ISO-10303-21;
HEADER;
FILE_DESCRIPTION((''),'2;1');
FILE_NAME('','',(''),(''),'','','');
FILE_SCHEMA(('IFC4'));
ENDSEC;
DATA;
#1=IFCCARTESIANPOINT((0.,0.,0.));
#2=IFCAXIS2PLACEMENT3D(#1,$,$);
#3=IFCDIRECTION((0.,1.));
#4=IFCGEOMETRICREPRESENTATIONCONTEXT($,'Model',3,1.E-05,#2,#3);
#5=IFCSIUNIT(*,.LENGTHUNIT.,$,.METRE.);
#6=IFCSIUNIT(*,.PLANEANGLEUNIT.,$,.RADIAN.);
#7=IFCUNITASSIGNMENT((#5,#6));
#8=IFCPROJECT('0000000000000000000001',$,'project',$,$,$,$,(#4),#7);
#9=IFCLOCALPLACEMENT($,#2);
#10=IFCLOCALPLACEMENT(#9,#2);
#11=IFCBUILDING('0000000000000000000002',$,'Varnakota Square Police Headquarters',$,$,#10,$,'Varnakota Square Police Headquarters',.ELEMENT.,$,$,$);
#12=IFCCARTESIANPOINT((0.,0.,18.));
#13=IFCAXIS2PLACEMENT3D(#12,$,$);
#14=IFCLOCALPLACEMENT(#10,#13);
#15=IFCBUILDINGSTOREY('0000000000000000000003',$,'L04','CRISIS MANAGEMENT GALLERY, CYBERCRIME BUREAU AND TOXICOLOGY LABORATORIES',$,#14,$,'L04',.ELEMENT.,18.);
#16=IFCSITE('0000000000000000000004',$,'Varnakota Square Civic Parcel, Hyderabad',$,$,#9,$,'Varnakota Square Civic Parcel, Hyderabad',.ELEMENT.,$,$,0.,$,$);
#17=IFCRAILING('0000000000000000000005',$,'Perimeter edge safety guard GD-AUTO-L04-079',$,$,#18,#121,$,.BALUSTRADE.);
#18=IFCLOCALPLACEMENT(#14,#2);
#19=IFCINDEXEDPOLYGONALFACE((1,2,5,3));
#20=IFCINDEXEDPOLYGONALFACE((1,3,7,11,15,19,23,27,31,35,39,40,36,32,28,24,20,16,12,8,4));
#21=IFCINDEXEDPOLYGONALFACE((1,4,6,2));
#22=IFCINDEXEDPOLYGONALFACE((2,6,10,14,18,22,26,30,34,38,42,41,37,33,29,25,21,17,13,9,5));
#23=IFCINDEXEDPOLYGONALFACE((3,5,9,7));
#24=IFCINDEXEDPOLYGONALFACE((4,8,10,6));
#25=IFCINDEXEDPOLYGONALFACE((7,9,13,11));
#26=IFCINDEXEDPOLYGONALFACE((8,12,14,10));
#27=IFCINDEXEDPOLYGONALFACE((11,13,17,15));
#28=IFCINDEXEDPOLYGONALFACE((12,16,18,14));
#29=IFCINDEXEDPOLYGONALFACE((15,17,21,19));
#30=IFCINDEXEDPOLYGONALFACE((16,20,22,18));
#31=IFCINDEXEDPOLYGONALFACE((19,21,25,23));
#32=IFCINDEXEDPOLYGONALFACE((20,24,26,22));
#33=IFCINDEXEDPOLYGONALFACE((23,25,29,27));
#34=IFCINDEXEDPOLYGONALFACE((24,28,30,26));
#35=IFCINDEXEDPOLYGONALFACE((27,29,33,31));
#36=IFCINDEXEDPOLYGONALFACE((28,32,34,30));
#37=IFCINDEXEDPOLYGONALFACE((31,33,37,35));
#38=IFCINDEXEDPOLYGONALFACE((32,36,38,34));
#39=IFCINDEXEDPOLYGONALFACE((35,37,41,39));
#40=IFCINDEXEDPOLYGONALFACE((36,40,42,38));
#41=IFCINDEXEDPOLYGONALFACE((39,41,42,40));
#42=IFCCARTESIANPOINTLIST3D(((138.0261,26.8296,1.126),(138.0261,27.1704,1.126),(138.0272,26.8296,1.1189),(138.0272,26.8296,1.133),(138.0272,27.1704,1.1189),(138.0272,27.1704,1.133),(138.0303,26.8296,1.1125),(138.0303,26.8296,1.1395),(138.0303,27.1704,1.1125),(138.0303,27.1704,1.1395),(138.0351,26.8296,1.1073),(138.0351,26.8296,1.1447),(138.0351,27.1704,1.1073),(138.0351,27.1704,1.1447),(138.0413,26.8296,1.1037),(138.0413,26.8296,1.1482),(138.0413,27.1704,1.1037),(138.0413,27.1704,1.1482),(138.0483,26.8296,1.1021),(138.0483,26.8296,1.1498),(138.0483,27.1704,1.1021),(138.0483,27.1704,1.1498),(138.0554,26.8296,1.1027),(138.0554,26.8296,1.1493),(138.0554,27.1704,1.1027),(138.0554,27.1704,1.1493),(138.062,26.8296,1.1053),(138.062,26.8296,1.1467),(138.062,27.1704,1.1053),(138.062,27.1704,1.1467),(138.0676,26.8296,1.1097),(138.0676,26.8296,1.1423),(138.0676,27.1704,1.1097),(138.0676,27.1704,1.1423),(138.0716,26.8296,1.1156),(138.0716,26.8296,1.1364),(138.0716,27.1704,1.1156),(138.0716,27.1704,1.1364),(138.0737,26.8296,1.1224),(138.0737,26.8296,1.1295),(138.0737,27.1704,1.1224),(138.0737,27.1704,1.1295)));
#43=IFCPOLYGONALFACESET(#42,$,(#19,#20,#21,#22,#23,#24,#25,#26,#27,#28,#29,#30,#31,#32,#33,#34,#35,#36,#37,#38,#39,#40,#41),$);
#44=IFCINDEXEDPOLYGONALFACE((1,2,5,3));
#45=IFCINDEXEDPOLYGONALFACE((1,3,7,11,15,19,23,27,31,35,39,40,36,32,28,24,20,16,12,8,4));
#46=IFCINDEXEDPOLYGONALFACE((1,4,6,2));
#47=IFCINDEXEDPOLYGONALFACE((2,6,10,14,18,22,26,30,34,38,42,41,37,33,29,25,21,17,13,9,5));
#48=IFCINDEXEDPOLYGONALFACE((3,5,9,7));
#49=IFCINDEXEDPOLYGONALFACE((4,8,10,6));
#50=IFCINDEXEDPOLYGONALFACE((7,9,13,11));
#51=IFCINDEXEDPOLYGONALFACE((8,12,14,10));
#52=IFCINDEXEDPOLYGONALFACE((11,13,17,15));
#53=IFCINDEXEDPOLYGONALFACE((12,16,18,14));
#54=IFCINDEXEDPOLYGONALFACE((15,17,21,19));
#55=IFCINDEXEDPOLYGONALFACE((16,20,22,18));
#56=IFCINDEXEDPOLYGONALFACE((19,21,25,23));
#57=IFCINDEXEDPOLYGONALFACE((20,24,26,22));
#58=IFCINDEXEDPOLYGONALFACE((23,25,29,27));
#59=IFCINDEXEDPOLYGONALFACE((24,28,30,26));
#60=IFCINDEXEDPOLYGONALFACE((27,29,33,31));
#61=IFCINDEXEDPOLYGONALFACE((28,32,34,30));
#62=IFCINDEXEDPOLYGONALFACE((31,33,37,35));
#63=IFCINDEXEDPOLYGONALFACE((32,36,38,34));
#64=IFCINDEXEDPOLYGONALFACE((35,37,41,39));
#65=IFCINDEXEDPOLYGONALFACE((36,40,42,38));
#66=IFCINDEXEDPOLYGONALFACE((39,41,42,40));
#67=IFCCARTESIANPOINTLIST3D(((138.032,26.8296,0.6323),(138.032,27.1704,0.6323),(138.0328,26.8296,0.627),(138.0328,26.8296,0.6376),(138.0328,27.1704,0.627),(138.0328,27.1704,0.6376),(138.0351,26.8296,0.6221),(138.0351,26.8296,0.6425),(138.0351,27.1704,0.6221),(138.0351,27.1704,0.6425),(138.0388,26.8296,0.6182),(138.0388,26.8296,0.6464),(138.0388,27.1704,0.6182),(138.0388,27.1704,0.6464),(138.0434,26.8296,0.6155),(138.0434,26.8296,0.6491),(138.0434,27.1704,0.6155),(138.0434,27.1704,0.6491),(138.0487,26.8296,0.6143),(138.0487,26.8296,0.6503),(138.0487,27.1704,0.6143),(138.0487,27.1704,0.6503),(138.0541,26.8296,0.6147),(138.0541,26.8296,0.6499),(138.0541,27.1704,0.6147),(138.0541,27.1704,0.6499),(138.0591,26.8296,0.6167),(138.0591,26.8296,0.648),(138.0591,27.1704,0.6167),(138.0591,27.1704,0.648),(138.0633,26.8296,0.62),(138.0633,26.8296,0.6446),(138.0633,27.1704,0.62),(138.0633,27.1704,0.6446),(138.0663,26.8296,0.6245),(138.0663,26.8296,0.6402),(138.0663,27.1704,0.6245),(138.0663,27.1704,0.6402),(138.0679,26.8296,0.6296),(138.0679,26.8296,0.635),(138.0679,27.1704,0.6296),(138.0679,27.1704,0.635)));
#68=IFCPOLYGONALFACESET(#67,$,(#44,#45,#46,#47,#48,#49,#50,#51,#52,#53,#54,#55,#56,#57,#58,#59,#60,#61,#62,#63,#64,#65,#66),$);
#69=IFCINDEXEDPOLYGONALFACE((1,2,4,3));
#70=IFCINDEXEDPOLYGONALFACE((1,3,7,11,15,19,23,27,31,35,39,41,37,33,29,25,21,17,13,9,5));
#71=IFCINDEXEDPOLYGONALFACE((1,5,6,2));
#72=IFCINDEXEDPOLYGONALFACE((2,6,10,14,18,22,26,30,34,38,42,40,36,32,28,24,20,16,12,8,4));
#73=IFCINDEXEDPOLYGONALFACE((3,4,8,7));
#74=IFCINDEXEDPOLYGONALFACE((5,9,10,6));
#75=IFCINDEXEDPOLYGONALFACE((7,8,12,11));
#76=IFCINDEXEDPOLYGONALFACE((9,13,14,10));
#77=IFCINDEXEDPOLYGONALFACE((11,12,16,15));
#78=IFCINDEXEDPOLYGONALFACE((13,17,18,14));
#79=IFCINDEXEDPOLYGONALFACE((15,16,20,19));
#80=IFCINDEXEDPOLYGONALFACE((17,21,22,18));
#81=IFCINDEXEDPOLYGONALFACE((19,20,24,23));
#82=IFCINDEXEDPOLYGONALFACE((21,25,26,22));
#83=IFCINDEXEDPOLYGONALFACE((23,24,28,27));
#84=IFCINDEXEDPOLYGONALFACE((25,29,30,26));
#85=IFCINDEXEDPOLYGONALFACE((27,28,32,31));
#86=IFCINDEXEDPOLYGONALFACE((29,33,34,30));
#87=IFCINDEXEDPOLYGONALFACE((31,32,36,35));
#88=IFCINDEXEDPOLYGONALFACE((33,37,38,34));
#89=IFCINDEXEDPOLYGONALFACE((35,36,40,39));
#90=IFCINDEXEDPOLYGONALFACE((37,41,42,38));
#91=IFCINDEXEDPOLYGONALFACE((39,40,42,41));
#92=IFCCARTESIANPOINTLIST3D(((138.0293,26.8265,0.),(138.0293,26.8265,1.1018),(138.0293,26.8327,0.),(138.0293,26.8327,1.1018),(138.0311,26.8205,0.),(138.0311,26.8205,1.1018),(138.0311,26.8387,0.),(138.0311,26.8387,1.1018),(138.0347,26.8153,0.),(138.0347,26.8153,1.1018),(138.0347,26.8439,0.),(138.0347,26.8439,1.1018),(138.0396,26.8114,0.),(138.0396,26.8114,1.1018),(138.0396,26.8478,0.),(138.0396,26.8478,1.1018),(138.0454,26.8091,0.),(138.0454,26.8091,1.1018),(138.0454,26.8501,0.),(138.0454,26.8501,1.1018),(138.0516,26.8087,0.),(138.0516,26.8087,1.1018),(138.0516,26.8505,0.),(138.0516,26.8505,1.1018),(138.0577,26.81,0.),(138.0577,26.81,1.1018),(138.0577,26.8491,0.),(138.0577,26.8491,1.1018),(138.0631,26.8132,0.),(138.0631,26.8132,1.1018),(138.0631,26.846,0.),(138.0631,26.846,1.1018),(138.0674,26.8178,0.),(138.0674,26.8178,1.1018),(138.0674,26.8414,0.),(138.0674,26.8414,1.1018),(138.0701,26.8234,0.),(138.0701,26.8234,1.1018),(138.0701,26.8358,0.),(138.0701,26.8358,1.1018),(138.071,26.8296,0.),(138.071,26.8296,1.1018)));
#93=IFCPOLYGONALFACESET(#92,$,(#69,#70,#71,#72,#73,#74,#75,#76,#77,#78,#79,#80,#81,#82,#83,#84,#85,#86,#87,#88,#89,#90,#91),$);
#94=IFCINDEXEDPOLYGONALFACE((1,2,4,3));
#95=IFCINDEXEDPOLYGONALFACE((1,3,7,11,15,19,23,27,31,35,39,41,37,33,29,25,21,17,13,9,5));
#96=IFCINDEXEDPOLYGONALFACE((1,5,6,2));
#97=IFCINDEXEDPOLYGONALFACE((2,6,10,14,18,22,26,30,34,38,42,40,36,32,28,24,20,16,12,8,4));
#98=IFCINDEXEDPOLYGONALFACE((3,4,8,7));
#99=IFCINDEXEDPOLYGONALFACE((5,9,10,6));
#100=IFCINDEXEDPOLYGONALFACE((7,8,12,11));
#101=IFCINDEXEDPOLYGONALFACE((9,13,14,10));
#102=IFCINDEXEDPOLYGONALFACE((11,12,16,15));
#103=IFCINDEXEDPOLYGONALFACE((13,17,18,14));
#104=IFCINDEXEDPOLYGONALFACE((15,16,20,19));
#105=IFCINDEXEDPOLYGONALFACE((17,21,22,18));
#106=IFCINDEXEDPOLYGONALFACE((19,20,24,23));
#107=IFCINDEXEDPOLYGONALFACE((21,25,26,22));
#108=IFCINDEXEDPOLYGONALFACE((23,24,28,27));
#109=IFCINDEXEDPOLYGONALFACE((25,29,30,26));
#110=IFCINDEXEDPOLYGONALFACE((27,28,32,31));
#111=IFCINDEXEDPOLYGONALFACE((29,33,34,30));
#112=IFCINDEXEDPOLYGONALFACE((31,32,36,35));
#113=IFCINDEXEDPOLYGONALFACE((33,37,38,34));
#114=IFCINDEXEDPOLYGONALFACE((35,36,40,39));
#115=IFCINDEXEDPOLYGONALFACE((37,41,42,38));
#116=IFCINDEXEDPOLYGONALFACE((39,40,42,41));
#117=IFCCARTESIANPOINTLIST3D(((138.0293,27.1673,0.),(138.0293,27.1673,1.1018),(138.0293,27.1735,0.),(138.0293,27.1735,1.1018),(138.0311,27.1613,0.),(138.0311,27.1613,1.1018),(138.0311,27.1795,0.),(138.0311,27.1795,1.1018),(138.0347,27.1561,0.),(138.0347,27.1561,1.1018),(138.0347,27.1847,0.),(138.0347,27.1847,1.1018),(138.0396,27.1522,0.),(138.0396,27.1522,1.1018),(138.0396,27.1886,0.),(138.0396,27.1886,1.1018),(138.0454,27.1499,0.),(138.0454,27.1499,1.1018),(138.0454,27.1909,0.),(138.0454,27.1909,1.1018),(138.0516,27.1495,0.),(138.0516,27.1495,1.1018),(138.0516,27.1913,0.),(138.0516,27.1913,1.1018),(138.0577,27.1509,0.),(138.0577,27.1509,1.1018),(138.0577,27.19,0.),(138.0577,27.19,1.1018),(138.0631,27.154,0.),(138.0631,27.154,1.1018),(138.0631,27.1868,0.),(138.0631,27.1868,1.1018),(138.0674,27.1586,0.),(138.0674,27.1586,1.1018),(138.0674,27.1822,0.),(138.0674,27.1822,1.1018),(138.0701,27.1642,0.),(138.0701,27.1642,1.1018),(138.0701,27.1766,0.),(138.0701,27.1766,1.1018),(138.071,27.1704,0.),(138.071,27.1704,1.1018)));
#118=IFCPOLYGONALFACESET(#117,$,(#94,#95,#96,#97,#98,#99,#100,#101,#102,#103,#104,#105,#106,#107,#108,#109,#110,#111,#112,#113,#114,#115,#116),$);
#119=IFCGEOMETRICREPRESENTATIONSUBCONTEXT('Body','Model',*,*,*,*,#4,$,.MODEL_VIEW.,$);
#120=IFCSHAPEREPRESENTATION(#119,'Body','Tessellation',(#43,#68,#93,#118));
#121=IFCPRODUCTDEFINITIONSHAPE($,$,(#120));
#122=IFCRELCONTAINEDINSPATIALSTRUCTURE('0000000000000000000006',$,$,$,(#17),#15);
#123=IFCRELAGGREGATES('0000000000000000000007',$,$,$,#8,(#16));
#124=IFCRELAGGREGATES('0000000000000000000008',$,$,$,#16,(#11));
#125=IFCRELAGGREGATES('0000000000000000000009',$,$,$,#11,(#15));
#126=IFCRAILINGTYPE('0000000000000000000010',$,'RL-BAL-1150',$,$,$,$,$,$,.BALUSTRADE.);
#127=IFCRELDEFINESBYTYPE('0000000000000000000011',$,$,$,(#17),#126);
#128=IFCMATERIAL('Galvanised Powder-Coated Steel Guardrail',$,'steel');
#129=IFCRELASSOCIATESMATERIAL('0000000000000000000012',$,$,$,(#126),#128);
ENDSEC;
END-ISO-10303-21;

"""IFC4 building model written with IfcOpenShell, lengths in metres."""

from ifc_helpers import new_model, si_unit, direction, frame, origin, origin_2d, place, context, subcontext, project, spatial, circle, extrude, material, type_object, element, save


model = new_model("IFC4")

# Units and contexts
model_context = context("Model", 3, precision=1e-05, world=origin(), true_north=direction((0.0, 1.0)))
body_context = subcontext(model_context, "Body", "Model", "MODEL_VIEW")
ifc_project = project(units=[si_unit("LENGTHUNIT", "METRE"), si_unit("PLANEANGLEUNIT", "RADIAN")], contexts=[model_context])

# Site, building, storey
site_placement = place(None, origin())
site = spatial("IfcSite", under=ifc_project, at=site_placement, Name="Varnakota Square Civic Parcel, Hyderabad", LongName="Varnakota Square Civic Parcel, Hyderabad", CompositionType="ELEMENT", RefElevation=0.0)
building_placement = place(site_placement, origin())
building = spatial("IfcBuilding", under=site, at=building_placement, Name="Varnakota Square Police Headquarters", LongName="Varnakota Square Police Headquarters", CompositionType="ELEMENT")
storey_placement = place(building_placement, frame((0.0, 0.0, 18.0)))
storey = spatial("IfcBuildingStorey", under=building, at=storey_placement, Name="L04", Description="CRISIS MANAGEMENT GALLERY, CYBERCRIME BUREAU AND TOXICOLOGY LABORATORIES", LongName="L04", CompositionType="ELEMENT", Elevation=18.0)

# Railing
ifc_material_1 = material(Name="Galvanised Powder-Coated Steel Guardrail", Category="steel")
railing_type = type_object("IfcRailingType", Name="RL-BAL-1150", PredefinedType="BALUSTRADE", material=ifc_material_1)
railing_placement = place(storey_placement, frame((138.05, 26.8296, 0.0)))
element("IfcRailing", 1, at=railing_placement, inside=storey, type_object=railing_type, Name="Perimeter edge safety guard GD-AUTO-L04-079", PredefinedType="BALUSTRADE", context=body_context, shape_type="SweptSolid", body=[
    extrude(circle(Radius=0.0239, at=origin_2d()), frame((0.0, 0.0, 1.126), z_axis=(0.0, 1.0, 0.0), x_axis=(-1.0, 0.0, 0.0)), (0.0, 0.0, 1.0), 0.3408),
    extrude(circle(Radius=0.0181, at=origin_2d()), frame((0.0, 0.0, 0.6323), z_axis=(0.0, 1.0, 0.0), x_axis=(-1.0, 0.0, 0.0)), (0.0, 0.0, 1.0), 0.3408),
    extrude(circle(Radius=0.021, at=origin_2d()), origin(), (0.0, 0.0, 1.0), 1.1018),
    extrude(circle(Radius=0.021, at=origin_2d()), frame((0.0, 0.3408, 0.0)), (0.0, 0.0, 1.0), 1.1018),
])

save(model, "model.ifc")
